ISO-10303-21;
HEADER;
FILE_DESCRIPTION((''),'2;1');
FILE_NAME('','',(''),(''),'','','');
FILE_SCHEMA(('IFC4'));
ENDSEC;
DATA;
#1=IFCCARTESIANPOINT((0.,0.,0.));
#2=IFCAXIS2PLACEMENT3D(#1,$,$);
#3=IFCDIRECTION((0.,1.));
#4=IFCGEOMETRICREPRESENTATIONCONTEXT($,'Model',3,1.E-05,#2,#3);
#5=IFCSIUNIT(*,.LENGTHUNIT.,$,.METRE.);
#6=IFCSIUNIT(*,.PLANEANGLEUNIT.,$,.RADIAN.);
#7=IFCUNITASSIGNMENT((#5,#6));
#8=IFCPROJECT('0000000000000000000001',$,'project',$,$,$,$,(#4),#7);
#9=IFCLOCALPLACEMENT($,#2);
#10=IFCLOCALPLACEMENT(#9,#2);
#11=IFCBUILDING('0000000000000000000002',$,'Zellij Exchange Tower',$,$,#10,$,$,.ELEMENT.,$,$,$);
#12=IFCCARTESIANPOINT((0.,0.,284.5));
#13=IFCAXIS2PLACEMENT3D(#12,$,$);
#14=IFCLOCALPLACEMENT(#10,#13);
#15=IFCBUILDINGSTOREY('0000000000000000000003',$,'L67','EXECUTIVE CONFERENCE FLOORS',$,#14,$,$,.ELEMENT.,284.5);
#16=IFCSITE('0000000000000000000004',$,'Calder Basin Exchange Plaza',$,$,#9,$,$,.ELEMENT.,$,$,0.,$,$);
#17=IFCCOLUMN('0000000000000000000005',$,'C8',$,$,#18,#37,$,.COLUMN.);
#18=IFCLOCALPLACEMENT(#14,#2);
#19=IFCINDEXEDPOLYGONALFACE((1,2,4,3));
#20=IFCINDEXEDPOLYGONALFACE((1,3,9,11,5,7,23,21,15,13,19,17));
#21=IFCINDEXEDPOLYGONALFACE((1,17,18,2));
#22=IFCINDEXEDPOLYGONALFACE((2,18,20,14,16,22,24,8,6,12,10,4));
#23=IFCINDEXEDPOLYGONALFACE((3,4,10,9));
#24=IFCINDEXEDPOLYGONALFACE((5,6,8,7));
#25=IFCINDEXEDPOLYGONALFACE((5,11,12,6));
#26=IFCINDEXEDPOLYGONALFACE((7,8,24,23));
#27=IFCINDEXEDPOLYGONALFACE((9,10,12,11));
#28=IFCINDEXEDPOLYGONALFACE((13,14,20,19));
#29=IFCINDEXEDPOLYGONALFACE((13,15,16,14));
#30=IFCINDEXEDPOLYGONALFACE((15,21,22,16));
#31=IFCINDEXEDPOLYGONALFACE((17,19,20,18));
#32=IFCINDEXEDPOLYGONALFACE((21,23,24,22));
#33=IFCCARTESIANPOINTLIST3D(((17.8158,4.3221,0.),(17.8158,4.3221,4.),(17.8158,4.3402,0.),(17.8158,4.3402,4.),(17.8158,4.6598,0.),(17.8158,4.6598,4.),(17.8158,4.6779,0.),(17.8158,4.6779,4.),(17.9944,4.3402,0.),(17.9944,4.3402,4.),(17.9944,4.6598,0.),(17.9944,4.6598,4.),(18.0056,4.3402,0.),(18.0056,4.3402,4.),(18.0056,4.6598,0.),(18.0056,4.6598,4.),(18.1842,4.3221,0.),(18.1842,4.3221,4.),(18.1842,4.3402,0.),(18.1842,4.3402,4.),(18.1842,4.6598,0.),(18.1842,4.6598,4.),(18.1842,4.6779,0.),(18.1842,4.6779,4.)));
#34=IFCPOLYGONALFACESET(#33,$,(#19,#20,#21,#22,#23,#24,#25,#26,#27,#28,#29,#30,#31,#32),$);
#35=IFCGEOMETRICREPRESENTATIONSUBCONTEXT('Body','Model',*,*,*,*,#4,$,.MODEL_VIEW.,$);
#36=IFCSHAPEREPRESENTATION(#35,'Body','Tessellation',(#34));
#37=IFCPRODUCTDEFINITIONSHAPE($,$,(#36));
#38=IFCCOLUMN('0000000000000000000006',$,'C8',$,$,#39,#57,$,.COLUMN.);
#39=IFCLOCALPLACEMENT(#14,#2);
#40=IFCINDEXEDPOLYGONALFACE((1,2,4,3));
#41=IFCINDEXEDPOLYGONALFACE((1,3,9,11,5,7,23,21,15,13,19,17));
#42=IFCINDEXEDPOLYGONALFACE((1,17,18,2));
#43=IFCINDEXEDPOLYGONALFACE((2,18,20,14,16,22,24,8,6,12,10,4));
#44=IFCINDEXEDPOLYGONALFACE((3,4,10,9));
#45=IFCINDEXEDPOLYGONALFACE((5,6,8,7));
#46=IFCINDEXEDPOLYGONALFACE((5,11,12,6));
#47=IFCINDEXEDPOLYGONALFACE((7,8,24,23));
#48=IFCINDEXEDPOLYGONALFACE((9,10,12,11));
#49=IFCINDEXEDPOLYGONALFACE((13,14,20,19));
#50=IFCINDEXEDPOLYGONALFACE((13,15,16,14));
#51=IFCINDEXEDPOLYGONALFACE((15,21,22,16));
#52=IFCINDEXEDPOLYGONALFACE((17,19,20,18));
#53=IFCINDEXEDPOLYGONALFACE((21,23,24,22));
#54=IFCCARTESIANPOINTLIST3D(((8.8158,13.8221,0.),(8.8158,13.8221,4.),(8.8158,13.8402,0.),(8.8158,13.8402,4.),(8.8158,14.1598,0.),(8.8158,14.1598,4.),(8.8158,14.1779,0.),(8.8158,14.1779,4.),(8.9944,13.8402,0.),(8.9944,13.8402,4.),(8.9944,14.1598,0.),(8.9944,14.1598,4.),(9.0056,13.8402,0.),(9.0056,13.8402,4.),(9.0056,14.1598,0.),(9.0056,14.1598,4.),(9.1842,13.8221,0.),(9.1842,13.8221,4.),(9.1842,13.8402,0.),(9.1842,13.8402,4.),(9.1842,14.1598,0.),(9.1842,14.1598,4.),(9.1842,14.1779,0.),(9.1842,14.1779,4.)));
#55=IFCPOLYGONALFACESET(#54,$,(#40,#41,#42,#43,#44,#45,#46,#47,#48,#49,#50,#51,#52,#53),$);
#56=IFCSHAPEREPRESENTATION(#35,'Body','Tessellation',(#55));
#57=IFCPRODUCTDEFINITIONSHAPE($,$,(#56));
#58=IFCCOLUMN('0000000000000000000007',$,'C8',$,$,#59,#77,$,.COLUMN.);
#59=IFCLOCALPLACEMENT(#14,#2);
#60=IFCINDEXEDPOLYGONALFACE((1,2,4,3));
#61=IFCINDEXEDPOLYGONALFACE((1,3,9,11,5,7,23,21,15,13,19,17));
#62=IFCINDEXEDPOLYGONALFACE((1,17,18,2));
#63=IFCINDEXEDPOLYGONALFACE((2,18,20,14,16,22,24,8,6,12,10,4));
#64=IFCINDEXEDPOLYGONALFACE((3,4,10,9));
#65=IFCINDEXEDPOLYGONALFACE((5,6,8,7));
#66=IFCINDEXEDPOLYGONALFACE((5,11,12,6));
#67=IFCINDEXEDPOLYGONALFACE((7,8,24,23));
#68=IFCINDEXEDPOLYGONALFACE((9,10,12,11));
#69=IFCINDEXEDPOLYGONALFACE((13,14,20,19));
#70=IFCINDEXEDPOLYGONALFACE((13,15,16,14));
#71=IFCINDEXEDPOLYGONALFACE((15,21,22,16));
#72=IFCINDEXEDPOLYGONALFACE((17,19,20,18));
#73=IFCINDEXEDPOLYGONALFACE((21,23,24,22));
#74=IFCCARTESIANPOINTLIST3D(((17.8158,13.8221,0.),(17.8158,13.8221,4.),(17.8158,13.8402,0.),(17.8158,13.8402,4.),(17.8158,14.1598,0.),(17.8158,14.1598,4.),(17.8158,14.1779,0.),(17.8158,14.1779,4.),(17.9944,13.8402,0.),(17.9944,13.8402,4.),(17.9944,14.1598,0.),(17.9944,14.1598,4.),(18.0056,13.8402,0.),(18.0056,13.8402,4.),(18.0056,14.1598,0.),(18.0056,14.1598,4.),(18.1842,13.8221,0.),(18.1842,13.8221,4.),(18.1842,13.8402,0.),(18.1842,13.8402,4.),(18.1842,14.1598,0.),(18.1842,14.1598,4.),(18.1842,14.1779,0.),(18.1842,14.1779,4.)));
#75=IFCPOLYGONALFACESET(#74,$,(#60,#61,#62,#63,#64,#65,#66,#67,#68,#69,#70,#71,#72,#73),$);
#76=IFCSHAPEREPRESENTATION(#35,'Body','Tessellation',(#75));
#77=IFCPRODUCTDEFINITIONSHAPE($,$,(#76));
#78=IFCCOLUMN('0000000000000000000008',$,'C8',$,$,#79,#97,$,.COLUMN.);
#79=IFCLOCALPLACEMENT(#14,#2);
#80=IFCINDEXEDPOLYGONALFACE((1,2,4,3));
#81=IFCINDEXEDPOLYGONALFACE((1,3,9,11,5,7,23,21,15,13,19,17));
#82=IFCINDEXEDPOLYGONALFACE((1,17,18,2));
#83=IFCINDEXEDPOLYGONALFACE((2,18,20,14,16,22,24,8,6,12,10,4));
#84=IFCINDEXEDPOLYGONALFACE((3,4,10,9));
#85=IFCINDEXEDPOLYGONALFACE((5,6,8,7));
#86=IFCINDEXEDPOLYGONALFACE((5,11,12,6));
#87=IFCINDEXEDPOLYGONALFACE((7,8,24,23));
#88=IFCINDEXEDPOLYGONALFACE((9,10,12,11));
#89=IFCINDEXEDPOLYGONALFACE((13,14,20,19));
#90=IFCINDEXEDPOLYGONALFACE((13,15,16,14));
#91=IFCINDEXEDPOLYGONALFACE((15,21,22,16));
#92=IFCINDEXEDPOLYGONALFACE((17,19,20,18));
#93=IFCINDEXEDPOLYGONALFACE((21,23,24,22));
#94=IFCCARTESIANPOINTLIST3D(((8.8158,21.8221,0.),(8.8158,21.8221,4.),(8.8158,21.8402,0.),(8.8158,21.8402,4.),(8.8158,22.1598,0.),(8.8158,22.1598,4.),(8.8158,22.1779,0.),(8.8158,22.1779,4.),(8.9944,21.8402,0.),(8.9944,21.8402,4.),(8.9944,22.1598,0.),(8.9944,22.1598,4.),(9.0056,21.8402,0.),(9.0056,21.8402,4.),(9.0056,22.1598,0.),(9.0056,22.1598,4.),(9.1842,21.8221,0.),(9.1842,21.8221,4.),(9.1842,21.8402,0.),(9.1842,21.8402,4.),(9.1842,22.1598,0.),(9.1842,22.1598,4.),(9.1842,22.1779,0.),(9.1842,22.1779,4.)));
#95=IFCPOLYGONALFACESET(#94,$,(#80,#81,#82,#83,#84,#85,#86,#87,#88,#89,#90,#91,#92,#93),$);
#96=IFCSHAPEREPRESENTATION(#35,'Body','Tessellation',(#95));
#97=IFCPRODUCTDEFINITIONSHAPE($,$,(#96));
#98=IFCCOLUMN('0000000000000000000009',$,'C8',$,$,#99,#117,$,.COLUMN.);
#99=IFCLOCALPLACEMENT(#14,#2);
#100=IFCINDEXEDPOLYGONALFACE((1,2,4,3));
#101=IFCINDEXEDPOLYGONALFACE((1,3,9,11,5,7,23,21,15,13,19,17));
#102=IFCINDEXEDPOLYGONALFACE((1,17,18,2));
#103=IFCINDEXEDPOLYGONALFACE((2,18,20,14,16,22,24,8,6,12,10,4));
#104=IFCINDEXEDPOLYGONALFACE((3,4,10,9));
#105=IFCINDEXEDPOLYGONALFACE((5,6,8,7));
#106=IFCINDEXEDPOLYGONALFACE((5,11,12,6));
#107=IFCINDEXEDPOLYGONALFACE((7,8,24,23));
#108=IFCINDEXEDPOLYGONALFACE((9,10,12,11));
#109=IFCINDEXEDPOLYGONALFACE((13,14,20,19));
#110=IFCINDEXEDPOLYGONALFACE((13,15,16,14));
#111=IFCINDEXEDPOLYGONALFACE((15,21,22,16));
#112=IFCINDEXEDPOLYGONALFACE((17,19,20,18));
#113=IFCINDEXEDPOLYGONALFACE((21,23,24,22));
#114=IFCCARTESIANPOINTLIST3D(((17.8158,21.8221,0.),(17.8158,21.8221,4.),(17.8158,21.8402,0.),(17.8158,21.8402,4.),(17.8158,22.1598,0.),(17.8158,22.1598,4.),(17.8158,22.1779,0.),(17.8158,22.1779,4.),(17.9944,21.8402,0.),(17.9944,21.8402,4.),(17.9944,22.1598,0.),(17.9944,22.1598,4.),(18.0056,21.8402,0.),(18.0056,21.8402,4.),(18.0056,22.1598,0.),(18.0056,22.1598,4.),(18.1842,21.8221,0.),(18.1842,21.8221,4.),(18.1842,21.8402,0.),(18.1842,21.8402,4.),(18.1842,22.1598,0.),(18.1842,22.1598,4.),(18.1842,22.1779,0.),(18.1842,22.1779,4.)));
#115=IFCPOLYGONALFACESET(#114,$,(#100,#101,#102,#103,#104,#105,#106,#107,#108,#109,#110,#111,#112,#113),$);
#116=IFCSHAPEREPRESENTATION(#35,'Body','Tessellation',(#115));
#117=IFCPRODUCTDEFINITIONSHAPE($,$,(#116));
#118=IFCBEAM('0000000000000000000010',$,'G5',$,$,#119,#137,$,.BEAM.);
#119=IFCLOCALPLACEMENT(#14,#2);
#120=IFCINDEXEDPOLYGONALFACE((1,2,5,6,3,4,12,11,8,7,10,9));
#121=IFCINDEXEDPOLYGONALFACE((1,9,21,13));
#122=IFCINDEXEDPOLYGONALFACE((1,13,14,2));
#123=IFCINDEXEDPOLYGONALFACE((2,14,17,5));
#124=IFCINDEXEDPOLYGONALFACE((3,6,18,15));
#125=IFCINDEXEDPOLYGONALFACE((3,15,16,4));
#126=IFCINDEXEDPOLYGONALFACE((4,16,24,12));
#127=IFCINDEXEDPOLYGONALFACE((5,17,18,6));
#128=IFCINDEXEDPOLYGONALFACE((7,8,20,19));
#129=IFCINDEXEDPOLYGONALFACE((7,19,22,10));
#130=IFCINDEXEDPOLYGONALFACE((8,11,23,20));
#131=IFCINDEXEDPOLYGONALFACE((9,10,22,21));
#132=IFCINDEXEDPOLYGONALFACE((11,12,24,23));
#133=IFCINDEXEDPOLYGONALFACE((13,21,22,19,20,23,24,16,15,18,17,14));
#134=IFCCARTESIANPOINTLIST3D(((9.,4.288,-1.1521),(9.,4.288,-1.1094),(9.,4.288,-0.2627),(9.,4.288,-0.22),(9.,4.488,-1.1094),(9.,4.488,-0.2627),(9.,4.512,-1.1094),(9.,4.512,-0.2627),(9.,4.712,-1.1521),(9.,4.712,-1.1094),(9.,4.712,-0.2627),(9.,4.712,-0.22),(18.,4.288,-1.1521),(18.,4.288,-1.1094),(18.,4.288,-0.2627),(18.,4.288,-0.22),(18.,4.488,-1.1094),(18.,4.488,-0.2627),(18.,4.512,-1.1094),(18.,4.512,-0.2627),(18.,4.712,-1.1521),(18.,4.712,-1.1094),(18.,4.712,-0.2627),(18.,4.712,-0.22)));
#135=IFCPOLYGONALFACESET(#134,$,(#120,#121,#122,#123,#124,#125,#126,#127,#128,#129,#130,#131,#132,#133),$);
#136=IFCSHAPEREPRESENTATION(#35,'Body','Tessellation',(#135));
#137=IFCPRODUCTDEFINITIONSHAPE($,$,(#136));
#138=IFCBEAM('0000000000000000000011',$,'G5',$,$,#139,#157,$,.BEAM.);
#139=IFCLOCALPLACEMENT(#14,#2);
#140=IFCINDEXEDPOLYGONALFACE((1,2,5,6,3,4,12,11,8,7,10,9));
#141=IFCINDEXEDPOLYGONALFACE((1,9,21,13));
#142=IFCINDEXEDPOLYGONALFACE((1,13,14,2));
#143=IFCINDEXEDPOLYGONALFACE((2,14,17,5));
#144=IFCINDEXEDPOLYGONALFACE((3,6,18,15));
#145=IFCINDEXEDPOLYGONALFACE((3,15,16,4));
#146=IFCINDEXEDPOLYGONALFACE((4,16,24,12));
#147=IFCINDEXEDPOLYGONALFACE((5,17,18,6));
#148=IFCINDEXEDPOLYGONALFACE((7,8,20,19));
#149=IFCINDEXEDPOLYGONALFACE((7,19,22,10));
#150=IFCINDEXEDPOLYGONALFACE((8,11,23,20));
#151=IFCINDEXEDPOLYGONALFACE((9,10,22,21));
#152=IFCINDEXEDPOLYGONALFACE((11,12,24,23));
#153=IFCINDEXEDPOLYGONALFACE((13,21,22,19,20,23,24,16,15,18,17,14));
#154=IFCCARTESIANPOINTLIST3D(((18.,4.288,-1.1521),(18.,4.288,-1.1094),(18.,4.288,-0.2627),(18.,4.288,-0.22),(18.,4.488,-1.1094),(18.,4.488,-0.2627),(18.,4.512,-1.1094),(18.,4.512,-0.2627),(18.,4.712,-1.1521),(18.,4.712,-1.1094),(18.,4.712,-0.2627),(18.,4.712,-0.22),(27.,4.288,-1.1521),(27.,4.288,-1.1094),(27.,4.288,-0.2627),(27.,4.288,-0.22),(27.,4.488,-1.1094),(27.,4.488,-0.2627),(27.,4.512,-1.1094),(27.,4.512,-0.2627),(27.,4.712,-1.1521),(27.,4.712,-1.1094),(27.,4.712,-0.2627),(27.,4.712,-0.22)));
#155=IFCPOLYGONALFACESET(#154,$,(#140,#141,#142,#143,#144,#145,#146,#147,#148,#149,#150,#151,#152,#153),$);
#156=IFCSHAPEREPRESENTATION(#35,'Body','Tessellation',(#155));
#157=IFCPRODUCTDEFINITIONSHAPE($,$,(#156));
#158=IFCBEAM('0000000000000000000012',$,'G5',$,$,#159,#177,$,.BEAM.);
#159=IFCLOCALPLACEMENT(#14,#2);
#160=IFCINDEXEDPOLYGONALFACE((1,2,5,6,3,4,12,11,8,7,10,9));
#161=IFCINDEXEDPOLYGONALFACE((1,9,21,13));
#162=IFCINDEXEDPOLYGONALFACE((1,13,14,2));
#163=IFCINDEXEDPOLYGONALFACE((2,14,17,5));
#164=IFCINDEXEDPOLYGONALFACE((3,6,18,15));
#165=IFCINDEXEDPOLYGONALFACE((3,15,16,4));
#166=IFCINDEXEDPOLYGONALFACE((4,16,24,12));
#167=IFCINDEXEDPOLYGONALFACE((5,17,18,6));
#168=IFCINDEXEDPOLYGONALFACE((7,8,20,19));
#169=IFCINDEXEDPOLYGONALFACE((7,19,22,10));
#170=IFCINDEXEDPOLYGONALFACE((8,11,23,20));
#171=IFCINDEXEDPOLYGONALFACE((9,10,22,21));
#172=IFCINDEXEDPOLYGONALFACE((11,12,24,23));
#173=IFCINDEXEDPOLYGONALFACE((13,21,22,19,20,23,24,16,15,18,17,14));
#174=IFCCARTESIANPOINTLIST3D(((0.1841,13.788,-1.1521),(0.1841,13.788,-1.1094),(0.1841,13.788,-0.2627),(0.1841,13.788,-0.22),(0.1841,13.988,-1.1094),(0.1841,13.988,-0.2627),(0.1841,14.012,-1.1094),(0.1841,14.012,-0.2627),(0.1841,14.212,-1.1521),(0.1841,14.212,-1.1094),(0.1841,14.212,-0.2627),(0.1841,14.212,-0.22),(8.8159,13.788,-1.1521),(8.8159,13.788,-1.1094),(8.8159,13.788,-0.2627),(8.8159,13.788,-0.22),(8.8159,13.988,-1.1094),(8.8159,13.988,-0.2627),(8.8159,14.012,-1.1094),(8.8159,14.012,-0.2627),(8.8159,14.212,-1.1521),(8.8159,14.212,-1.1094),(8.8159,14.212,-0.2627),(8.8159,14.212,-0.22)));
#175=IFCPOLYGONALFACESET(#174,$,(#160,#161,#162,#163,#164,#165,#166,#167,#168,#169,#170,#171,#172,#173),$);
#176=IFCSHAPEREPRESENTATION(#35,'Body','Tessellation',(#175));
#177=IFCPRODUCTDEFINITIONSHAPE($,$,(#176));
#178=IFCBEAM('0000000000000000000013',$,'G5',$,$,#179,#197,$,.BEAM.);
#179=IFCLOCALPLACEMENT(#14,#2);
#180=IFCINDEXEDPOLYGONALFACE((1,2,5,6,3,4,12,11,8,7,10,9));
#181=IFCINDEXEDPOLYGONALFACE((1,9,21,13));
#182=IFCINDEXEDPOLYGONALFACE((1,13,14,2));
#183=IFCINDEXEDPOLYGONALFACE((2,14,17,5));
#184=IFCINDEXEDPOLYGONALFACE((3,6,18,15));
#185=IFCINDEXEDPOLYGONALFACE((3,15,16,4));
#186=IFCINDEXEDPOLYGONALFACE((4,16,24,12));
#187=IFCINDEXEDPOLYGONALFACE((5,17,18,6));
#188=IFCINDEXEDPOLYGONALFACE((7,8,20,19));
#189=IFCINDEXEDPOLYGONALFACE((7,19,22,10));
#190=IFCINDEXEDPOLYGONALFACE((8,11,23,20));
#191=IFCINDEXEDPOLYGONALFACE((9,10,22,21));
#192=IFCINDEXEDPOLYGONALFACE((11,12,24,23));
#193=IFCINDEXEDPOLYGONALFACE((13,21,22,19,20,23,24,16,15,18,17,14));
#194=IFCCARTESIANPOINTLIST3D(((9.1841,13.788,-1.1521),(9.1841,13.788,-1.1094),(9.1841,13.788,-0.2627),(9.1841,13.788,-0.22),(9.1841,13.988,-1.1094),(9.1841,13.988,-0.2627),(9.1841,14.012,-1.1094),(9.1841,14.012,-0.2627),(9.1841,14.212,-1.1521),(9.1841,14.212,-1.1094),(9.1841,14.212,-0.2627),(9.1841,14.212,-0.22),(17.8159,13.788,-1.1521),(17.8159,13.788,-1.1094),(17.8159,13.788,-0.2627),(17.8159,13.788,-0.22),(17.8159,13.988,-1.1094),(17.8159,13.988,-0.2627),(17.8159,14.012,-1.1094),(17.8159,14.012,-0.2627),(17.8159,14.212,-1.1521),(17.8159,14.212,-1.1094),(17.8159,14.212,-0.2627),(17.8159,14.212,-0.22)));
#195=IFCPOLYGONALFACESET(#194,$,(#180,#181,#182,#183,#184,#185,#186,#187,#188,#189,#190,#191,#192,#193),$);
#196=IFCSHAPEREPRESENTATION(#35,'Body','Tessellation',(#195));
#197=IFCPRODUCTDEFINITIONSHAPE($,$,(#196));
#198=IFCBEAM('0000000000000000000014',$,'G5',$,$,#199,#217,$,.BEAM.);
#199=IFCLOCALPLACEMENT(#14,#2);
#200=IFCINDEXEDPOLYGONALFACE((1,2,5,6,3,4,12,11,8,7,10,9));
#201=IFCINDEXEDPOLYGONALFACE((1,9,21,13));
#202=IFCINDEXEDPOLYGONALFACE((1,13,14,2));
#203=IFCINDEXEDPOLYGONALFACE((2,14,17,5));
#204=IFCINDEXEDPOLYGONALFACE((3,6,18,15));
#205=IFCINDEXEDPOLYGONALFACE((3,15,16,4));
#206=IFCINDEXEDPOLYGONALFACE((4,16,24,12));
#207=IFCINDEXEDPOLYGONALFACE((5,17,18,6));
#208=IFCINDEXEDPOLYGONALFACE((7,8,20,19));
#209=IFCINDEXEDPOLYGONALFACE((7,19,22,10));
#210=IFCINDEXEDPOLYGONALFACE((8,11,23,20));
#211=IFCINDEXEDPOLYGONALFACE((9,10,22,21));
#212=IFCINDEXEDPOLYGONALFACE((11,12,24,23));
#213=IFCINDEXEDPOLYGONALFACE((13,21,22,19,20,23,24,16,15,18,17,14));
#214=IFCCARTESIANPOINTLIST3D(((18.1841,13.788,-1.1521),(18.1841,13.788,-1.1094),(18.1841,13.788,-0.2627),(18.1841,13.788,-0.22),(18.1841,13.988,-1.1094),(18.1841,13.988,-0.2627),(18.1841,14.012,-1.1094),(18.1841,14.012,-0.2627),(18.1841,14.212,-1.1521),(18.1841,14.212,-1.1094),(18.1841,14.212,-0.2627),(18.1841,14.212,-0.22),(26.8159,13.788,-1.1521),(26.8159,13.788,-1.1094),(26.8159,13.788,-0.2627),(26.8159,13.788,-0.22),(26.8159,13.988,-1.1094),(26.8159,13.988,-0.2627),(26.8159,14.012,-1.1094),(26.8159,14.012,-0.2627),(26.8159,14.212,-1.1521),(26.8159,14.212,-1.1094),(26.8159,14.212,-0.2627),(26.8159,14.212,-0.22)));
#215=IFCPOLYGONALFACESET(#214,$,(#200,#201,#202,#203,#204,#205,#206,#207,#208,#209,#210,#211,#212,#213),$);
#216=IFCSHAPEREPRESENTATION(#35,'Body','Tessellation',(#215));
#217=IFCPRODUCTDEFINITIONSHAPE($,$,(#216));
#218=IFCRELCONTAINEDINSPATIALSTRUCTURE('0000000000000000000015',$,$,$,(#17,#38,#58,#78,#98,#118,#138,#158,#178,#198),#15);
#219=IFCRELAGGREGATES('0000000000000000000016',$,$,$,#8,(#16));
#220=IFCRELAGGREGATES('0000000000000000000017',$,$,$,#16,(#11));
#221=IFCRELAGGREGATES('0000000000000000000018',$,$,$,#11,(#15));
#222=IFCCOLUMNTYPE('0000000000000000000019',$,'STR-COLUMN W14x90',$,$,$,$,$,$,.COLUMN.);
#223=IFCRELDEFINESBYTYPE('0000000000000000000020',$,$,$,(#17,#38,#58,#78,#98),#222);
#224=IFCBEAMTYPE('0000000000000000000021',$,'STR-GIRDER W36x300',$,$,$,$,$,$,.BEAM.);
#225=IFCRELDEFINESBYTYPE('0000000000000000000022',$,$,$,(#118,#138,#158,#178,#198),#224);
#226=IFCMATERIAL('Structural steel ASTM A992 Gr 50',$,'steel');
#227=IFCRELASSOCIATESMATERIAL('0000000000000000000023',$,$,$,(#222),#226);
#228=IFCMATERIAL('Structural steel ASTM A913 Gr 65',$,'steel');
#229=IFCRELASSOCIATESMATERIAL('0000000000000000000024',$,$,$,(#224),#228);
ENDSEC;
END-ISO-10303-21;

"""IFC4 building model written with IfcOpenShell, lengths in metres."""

from ifc_helpers import new_model, si_unit, direction, frame, origin, origin_2d, place, context, subcontext, project, spatial, i_section, extrude, material, material_profile, profile_set, type_object, element, save


model = new_model("IFC4")

# Units and contexts
model_context = context("Model", 3, precision=1e-05, world=origin(), true_north=direction((0.0, 1.0)))
body_context = subcontext(model_context, "Body", "Model", "MODEL_VIEW")
ifc_project = project(units=[si_unit("LENGTHUNIT", "METRE"), si_unit("PLANEANGLEUNIT", "RADIAN")], contexts=[model_context])

# Site, building, storey
site_placement = place(None, origin())
site = spatial("IfcSite", under=ifc_project, at=site_placement, Name="Calder Basin Exchange Plaza", CompositionType="ELEMENT", RefElevation=0.0)
building_placement = place(site_placement, origin())
building = spatial("IfcBuilding", under=site, at=building_placement, Name="Zellij Exchange Tower", CompositionType="ELEMENT")
storey_placement = place(building_placement, frame((0.0, 0.0, 284.5)))
storey = spatial("IfcBuildingStorey", under=building, at=storey_placement, Name="L67", Description="EXECUTIVE CONFERENCE FLOORS", CompositionType="ELEMENT", Elevation=284.5)

# Columns
ifc_material_1 = material(Name="Structural steel ASTM A992 Gr 50", Category="steel")
ifc_material_profile_1 = material_profile(ifc_material_1, i_section(OverallWidth=0.3684, OverallDepth=0.3557, WebThickness=0.0112, FlangeThickness=0.0181, at=origin_2d()), Name="W14x90")
ifc_profile_set_1 = profile_set([ifc_material_profile_1], Name="Structural steel ASTM A992 Gr 50")
column_type = type_object("IfcColumnType", Name="STR-COLUMN W14x90", PredefinedType="COLUMN", material=ifc_profile_set_1)
for number, where, z_axis, x_axis, name in (
    (1, (18.0, 4.5, 0.0), (0.0, 0.0, 1.0), (1.0, 0.0, 0.0), "C8"),
    (2, (9.0, 14.0, 0.0), (0.0, 0.0, 1.0), (1.0, 0.0, 0.0), "C8"),
    (3, (18.0, 14.0, 0.0), (0.0, 0.0, 1.0), (1.0, 0.0, 0.0), "C8"),
    (4, (9.0, 22.0, 0.0), (0.0, 0.0, 1.0), (1.0, 0.0, 0.0), "C8"),
    (5, (18.0, 22.0, 0.0), (0.0, 0.0, 1.0), (1.0, 0.0, 0.0), "C8"),
):
    element("IfcColumn", number, at=place(storey_placement, frame(where, z_axis=z_axis, x_axis=x_axis)), inside=storey, type_object=column_type, Name=name, PredefinedType="COLUMN", context=body_context, shape_type="SweptSolid", body=[
        extrude(i_section(OverallWidth=0.3684, OverallDepth=0.3557, WebThickness=0.0112, FlangeThickness=0.0181, at=origin_2d()), origin(), (0.0, 0.0, 1.0), 4.0),
    ])

# Beams
ifc_material_2 = material(Name="Structural steel ASTM A913 Gr 65", Category="steel")
ifc_material_profile_2 = material_profile(ifc_material_2, i_section(OverallWidth=0.4241, OverallDepth=0.9321, WebThickness=0.0239, FlangeThickness=0.0427, at=origin_2d()), Name="W36x300")
ifc_profile_set_2 = profile_set([ifc_material_profile_2], Name="Structural steel ASTM A913 Gr 65")
beam_type = type_object("IfcBeamType", Name="STR-GIRDER W36x300", PredefinedType="BEAM", material=ifc_profile_set_2)
for number, where, z_axis, x_axis, name in (
    (6, (9.0, 4.5, -0.686), (1.0, 0.0, 0.0), (0.0, 1.0, 0.0), "G5"),
    (7, (18.0, 4.5, -0.686), (1.0, 0.0, 0.0), (0.0, 1.0, 0.0), "G5"),
):
    element("IfcBeam", number, at=place(storey_placement, frame(where, z_axis=z_axis, x_axis=x_axis)), inside=storey, type_object=beam_type, Name=name, PredefinedType="BEAM", context=body_context, shape_type="SweptSolid", body=[
        extrude(i_section(OverallWidth=0.4241, OverallDepth=0.9321, WebThickness=0.0239, FlangeThickness=0.0427, at=origin_2d()), origin(), (0.0, 0.0, 1.0), 9.0),
    ])
for number, where, z_axis, x_axis, name in (
    (8, (0.1841, 14.0, -0.686), (1.0, 0.0, 0.0), (0.0, 1.0, 0.0), "G5"),
    (9, (9.1841, 14.0, -0.686), (1.0, 0.0, 0.0), (0.0, 1.0, 0.0), "G5"),
    (10, (18.1841, 14.0, -0.686), (1.0, 0.0, 0.0), (0.0, 1.0, 0.0), "G5"),
):
    element("IfcBeam", number, at=place(storey_placement, frame(where, z_axis=z_axis, x_axis=x_axis)), inside=storey, type_object=beam_type, Name=name, PredefinedType="BEAM", context=body_context, shape_type="SweptSolid", body=[
        extrude(i_section(OverallWidth=0.4241, OverallDepth=0.9321, WebThickness=0.0239, FlangeThickness=0.0427, at=origin_2d()), origin(), (0.0, 0.0, 1.0), 8.6318),
    ])

save(model, "model.ifc")
